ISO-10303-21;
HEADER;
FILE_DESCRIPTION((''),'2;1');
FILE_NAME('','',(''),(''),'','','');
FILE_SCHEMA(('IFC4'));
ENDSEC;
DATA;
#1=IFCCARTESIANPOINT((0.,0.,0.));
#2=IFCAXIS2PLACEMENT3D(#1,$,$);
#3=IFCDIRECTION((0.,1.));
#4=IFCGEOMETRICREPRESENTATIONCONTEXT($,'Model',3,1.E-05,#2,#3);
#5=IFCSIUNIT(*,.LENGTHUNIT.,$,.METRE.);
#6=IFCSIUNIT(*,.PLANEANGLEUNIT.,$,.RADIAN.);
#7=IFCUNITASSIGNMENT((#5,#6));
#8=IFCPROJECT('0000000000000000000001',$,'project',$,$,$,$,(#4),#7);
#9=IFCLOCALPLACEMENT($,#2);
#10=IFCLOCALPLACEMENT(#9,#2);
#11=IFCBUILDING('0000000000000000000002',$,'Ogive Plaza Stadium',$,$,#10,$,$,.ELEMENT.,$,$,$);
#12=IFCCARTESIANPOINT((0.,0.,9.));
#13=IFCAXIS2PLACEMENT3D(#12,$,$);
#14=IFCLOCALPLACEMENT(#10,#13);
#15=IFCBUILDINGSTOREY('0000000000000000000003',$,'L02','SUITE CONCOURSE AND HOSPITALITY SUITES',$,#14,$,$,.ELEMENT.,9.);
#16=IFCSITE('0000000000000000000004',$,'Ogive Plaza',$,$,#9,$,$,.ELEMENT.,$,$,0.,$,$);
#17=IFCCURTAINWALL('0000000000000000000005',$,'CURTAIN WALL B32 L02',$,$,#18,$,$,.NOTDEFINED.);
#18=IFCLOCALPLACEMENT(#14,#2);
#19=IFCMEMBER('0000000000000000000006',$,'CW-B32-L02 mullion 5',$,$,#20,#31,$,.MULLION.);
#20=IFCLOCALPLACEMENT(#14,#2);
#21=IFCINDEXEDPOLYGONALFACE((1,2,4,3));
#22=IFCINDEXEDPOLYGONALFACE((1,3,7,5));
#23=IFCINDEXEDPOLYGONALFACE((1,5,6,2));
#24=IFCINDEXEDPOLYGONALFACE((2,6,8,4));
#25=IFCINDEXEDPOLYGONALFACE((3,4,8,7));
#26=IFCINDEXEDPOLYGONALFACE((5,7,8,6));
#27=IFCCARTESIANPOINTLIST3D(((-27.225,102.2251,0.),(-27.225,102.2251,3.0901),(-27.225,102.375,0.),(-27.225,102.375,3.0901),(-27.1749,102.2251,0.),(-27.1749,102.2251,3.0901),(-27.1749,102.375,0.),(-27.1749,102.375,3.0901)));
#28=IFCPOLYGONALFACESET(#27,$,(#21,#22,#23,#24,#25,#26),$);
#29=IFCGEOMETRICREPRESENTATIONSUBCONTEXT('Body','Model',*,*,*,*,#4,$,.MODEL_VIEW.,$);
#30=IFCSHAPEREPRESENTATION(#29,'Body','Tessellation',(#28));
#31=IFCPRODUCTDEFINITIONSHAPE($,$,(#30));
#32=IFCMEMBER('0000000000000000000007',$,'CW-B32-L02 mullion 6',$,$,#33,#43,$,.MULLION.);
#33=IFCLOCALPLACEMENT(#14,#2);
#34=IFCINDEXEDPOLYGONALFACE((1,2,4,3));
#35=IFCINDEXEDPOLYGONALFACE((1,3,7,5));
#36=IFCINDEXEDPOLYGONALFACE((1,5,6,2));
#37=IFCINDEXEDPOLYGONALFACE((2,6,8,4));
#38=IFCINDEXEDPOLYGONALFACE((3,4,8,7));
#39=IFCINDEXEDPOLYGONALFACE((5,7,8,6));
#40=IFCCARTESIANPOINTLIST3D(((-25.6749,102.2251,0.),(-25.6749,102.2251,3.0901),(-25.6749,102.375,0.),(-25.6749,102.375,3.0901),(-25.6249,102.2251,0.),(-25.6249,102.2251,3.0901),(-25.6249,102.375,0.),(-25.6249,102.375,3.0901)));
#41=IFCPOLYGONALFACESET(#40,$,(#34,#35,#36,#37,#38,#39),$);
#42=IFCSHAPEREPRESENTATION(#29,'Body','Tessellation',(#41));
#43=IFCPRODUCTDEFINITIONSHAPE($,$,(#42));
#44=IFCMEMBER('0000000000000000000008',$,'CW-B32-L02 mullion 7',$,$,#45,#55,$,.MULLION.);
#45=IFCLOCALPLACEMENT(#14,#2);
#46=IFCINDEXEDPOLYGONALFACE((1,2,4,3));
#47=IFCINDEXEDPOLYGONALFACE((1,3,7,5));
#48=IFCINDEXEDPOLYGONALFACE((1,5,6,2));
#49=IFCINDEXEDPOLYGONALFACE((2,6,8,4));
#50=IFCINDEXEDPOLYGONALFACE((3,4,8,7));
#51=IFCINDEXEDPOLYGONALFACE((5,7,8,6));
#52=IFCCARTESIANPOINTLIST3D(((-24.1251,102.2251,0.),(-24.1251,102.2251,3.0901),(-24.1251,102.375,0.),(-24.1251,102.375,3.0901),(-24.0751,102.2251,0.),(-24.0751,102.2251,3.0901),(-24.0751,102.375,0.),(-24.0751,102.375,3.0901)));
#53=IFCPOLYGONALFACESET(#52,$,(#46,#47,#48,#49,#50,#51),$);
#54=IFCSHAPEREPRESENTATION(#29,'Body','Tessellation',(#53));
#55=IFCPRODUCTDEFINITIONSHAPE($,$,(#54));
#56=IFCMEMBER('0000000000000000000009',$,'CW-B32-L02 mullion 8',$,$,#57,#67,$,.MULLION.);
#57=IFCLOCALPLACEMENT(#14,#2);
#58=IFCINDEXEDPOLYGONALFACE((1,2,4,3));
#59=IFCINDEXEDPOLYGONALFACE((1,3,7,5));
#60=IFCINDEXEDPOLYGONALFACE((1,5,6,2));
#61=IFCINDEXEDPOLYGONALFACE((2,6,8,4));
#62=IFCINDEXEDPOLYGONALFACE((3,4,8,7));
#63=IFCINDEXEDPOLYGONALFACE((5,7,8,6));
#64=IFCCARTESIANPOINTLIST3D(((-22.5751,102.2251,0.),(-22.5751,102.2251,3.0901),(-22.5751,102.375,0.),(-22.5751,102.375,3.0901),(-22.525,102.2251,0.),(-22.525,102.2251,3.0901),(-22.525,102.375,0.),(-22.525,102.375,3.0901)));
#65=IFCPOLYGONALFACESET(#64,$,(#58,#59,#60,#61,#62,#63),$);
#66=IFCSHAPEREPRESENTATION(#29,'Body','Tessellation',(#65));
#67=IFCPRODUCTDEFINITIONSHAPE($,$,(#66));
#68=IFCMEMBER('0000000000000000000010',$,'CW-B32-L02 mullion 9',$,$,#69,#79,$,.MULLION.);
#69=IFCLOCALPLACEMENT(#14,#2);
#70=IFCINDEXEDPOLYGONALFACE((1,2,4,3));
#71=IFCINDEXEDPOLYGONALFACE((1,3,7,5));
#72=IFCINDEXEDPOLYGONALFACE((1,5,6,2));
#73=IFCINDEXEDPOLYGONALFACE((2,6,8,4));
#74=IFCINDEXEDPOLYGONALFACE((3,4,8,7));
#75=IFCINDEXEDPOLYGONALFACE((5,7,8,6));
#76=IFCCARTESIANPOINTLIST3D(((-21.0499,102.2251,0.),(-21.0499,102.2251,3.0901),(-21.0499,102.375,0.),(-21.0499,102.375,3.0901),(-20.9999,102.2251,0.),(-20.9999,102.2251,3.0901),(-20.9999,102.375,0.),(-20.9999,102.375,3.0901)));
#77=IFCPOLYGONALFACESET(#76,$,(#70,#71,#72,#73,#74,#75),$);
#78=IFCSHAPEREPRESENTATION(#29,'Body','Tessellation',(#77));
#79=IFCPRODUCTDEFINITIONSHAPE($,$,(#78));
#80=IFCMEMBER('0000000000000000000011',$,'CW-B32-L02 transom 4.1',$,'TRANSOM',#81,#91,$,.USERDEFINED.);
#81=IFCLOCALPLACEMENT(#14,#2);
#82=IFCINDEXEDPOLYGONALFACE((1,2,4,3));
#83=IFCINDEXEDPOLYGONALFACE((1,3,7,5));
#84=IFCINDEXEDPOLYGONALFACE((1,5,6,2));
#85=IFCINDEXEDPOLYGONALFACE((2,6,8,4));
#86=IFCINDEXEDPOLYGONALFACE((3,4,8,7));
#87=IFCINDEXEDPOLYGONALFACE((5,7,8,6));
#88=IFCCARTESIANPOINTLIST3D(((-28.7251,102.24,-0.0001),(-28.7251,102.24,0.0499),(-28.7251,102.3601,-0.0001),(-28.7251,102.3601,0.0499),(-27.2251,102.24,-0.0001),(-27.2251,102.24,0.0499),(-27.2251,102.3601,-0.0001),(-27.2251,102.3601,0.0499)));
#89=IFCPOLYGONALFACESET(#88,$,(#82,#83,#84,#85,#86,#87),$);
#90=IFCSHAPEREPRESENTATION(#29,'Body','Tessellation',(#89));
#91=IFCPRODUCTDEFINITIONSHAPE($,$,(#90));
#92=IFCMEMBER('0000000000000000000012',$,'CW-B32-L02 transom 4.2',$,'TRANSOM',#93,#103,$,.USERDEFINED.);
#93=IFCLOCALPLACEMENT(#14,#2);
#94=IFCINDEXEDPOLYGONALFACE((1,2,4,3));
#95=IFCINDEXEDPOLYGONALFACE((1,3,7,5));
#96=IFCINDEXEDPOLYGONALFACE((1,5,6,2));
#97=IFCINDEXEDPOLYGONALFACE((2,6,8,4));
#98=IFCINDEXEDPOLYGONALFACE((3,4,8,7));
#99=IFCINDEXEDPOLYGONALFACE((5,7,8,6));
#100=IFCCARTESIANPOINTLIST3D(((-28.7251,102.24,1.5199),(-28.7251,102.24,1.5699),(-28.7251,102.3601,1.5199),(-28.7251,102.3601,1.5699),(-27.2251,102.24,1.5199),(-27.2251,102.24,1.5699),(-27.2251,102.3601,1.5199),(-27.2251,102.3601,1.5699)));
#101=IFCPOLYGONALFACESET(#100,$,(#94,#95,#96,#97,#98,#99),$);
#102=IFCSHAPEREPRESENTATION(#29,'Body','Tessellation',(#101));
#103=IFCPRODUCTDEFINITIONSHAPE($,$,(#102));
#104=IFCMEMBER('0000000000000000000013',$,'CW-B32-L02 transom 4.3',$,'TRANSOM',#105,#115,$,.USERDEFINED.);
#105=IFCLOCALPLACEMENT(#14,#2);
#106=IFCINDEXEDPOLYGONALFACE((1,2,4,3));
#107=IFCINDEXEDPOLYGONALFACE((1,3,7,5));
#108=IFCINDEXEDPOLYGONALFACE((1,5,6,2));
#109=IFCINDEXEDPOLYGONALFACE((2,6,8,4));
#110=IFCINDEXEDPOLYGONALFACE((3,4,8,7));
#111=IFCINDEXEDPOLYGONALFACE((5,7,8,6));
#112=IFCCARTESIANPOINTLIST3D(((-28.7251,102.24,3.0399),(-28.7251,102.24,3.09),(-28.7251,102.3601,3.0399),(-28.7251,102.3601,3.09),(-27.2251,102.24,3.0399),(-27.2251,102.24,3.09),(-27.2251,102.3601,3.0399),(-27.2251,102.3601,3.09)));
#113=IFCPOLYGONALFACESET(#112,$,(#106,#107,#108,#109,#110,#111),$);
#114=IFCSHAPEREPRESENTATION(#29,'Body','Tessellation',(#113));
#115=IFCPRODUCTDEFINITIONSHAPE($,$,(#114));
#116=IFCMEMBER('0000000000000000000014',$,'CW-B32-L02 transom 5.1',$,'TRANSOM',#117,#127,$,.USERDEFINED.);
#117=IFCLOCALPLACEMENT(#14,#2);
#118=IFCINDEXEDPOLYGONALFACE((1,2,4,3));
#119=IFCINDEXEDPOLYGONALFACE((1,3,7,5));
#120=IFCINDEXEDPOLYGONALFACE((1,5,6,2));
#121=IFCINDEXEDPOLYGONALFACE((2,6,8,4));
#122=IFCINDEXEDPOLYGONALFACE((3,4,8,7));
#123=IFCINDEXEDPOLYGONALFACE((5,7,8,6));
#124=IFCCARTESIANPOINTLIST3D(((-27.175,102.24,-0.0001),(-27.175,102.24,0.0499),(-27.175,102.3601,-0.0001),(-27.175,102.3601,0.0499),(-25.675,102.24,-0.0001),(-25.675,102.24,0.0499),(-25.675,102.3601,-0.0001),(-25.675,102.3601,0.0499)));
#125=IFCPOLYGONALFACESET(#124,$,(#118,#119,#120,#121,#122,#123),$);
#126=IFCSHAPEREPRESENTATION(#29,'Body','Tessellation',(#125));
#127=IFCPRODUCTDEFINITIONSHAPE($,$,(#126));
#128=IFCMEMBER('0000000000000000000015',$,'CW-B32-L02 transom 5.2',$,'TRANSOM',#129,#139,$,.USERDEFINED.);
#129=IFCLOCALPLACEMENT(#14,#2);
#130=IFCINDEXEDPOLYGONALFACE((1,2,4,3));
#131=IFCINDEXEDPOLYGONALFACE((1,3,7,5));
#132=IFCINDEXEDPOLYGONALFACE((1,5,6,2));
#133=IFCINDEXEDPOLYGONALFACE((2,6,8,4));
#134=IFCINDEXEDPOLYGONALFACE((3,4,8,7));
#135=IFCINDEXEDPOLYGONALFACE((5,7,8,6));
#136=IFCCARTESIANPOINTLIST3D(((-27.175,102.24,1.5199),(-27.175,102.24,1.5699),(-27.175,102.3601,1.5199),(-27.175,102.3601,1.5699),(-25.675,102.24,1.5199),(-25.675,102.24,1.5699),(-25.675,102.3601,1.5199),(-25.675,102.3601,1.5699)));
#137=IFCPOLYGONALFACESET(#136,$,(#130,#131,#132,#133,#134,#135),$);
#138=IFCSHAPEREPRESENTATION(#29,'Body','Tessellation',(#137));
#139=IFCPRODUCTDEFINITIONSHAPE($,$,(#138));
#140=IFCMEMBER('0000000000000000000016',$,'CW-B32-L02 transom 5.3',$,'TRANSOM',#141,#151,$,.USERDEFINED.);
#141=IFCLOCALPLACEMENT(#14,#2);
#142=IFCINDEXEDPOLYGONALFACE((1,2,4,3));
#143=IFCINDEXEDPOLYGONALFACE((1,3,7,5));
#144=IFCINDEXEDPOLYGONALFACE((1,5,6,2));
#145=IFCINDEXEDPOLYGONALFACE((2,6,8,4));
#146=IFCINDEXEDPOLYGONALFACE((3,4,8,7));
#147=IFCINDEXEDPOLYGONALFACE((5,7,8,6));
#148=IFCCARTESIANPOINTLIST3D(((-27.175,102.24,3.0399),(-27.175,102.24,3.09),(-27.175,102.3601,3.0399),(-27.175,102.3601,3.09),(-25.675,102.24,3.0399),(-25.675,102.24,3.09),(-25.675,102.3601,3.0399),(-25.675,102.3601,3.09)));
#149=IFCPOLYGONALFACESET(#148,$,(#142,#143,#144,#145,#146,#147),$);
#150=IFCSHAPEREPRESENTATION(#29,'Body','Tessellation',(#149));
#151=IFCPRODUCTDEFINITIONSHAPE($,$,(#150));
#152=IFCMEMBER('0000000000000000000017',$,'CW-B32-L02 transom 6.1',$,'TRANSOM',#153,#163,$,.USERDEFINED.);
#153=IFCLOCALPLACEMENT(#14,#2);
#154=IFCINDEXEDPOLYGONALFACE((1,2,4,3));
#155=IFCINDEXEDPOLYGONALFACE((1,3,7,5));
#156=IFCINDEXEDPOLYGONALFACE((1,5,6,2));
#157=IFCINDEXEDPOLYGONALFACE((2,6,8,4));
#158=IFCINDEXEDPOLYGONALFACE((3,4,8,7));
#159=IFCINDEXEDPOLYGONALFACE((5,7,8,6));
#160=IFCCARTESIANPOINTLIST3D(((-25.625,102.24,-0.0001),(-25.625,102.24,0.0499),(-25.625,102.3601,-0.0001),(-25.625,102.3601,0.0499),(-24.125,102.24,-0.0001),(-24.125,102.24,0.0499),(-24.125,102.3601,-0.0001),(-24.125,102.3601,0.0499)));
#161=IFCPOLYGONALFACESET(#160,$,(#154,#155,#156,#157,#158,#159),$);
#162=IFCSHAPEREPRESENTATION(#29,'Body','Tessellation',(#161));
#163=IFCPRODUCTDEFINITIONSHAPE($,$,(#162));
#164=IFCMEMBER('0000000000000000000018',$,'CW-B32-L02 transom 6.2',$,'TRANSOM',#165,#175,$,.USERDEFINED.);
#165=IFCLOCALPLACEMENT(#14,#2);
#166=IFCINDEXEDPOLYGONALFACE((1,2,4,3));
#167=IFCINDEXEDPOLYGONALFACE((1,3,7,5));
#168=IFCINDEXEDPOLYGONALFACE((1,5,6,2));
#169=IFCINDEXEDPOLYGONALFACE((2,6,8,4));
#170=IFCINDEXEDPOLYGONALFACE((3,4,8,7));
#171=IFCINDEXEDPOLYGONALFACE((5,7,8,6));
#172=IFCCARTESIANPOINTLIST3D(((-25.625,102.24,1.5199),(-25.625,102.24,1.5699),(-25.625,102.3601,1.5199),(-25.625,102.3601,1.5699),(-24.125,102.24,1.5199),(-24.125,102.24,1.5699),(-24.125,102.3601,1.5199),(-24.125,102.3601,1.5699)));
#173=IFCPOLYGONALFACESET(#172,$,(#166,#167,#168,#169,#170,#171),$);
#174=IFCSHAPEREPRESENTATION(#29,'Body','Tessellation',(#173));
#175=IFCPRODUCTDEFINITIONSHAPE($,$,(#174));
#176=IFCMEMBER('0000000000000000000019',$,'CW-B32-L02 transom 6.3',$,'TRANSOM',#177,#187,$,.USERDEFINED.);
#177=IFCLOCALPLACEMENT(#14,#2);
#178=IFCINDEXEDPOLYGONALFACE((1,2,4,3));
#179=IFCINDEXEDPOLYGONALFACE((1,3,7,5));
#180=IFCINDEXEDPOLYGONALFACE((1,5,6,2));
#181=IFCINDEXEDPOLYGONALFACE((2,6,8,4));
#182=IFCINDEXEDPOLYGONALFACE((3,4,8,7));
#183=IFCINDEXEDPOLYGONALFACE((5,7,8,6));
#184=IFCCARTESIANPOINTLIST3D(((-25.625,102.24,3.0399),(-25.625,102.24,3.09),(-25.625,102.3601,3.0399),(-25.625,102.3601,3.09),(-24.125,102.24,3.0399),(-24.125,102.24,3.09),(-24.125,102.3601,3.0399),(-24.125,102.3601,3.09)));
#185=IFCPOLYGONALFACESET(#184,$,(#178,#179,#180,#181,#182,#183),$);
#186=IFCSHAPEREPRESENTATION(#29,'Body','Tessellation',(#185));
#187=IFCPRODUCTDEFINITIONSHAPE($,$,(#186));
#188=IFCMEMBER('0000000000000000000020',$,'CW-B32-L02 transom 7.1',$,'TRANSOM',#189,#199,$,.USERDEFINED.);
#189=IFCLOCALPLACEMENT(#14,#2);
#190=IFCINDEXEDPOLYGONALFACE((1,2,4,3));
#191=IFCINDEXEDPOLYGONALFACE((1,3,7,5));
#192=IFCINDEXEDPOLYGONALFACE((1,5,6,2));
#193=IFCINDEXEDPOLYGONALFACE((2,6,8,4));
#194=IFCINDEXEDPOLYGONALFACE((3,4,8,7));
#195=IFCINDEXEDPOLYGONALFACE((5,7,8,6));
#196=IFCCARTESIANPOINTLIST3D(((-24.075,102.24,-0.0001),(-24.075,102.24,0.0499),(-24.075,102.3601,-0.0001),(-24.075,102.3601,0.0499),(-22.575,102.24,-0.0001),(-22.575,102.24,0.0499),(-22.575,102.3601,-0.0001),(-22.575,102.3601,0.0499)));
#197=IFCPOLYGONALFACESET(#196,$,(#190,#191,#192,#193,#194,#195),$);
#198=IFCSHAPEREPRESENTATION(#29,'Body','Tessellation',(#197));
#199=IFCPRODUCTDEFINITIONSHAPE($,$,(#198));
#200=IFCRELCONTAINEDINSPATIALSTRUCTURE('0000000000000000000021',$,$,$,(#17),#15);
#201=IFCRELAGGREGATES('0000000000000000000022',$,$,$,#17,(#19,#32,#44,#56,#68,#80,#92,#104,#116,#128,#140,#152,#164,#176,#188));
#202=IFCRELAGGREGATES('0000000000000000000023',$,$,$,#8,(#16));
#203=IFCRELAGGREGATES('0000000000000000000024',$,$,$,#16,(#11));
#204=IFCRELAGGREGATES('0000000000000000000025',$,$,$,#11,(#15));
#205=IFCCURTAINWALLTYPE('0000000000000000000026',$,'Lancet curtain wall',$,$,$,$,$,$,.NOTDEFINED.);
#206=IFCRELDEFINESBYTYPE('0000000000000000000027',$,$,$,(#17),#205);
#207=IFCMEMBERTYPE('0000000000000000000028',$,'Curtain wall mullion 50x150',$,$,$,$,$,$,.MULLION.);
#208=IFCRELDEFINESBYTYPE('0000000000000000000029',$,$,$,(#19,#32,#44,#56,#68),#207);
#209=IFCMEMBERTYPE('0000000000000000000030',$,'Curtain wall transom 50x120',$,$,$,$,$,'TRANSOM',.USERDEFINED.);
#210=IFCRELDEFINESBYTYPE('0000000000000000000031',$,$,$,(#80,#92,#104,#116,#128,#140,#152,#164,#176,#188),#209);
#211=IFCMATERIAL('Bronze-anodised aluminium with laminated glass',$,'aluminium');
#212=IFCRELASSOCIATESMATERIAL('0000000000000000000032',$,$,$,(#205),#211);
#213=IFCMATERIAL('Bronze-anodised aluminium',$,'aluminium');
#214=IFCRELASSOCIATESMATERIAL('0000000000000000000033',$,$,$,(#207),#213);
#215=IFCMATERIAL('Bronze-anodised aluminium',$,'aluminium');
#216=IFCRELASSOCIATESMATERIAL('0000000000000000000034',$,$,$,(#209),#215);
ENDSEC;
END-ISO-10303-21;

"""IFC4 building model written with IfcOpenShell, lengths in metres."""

from ifc_helpers import new_model, si_unit, direction, frame, origin, origin_2d, place, context, subcontext, project, spatial, rectangle, extrude, material, material_profile, profile_set, type_object, element, aggregate, save


model = new_model("IFC4")

# Units and contexts
model_context = context("Model", 3, precision=1e-05, world=origin(), true_north=direction((0.0, 1.0)))
body_context = subcontext(model_context, "Body", "Model", "MODEL_VIEW")
ifc_project = project(units=[si_unit("LENGTHUNIT", "METRE"), si_unit("PLANEANGLEUNIT", "RADIAN")], contexts=[model_context])

# Site, building, storey
site_placement = place(None, origin())
site = spatial("IfcSite", under=ifc_project, at=site_placement, Name="Ogive Plaza", CompositionType="ELEMENT", RefElevation=0.0)
building_placement = place(site_placement, origin())
building = spatial("IfcBuilding", under=site, at=building_placement, Name="Ogive Plaza Stadium", CompositionType="ELEMENT")
storey_placement = place(building_placement, frame((0.0, 0.0, 9.0)))
storey = spatial("IfcBuildingStorey", under=building, at=storey_placement, Name="L02", Description="SUITE CONCOURSE AND HOSPITALITY SUITES", CompositionType="ELEMENT", Elevation=9.0)

# Curtain wall, members
ifc_material_1 = material(Name="Bronze-anodised aluminium with laminated glass", Category="aluminium")
curtain_wall_type = type_object("IfcCurtainWallType", Name="Lancet curtain wall", PredefinedType="NOTDEFINED", material=ifc_material_1)
curtain_wall_placement = place(storey_placement, origin())
curtain_wall = element("IfcCurtainWall", 1, at=curtain_wall_placement, inside=storey, type_object=curtain_wall_type, Name="CURTAIN WALL B32 L02", PredefinedType="NOTDEFINED")
ifc_material_2 = material(Name="Bronze-anodised aluminium", Category="aluminium")
ifc_material_profile_1 = material_profile(ifc_material_2, rectangle(XDim=0.1499, YDim=0.05, at=origin_2d()), Name="AL 150x50")
ifc_profile_set_1 = profile_set([ifc_material_profile_1], Name="Bronze-anodised aluminium")
member_type_1 = type_object("IfcMemberType", Name="Curtain wall mullion 50x150", PredefinedType="MULLION", material=ifc_profile_set_1)
member_1_placement = place(storey_placement, frame((-27.2, 102.3, 0.0), z_axis=(0.0, 0.0, 1.0), x_axis=(0.0, 1.0, 0.0)))
member_1 = element("IfcMember", 2, at=member_1_placement, type_object=member_type_1, Name="CW-B32-L02 mullion 5", PredefinedType="MULLION", context=body_context, shape_type="SweptSolid", body=[
    extrude(rectangle(XDim=0.1499, YDim=0.05, at=origin_2d()), origin(), (0.0, 0.0, 1.0), 3.0901),
])
member_2_placement = place(storey_placement, frame((-25.6499, 102.3, 0.0), z_axis=(0.0, 0.0, 1.0), x_axis=(0.0, 1.0, 0.0)))
member_2 = element("IfcMember", 3, at=member_2_placement, type_object=member_type_1, Name="CW-B32-L02 mullion 6", PredefinedType="MULLION", context=body_context, shape_type="SweptSolid", body=[
    extrude(rectangle(XDim=0.1499, YDim=0.05, at=origin_2d()), origin(), (0.0, 0.0, 1.0), 3.0901),
])
member_3_placement = place(storey_placement, frame((-24.1001, 102.3, 0.0), z_axis=(0.0, 0.0, 1.0), x_axis=(0.0, 1.0, 0.0)))
member_3 = element("IfcMember", 4, at=member_3_placement, type_object=member_type_1, Name="CW-B32-L02 mullion 7", PredefinedType="MULLION", context=body_context, shape_type="SweptSolid", body=[
    extrude(rectangle(XDim=0.1499, YDim=0.05, at=origin_2d()), origin(), (0.0, 0.0, 1.0), 3.0901),
])
member_4_placement = place(storey_placement, frame((-22.55, 102.3, 0.0), z_axis=(0.0, 0.0, 1.0), x_axis=(0.0, 1.0, 0.0)))
member_4 = element("IfcMember", 5, at=member_4_placement, type_object=member_type_1, Name="CW-B32-L02 mullion 8", PredefinedType="MULLION", context=body_context, shape_type="SweptSolid", body=[
    extrude(rectangle(XDim=0.1499, YDim=0.05, at=origin_2d()), origin(), (0.0, 0.0, 1.0), 3.0901),
])
member_5_placement = place(storey_placement, frame((-21.0249, 102.3, 0.0), z_axis=(0.0, 0.0, 1.0), x_axis=(0.0, 1.0, 0.0)))
member_5 = element("IfcMember", 6, at=member_5_placement, type_object=member_type_1, Name="CW-B32-L02 mullion 9", PredefinedType="MULLION", context=body_context, shape_type="SweptSolid", body=[
    extrude(rectangle(XDim=0.1499, YDim=0.05, at=origin_2d()), origin(), (0.0, 0.0, 1.0), 3.0901),
])
ifc_material_3 = material(Name="Bronze-anodised aluminium", Category="aluminium")
ifc_material_profile_2 = material_profile(ifc_material_3, rectangle(XDim=0.1201, YDim=0.05, at=origin_2d()), Name="AL 120x50")
ifc_profile_set_2 = profile_set([ifc_material_profile_2], Name="Bronze-anodised aluminium")
member_type_2 = type_object("IfcMemberType", Name="Curtain wall transom 50x120", ElementType="TRANSOM", PredefinedType="USERDEFINED", material=ifc_profile_set_2)
member_6_placement = place(storey_placement, frame((-28.7251, 102.3, 0.0249), z_axis=(1.0, 0.0, 0.0), x_axis=(0.0, 1.0, 0.0)))
member_6 = element("IfcMember", 7, at=member_6_placement, type_object=member_type_2, Name="CW-B32-L02 transom 4.1", ObjectType="TRANSOM", PredefinedType="USERDEFINED", context=body_context, shape_type="SweptSolid", body=[
    extrude(rectangle(XDim=0.1201, YDim=0.05, at=origin_2d()), origin(), (0.0, 0.0, 1.0), 1.5),
])
member_7_placement = place(storey_placement, frame((-28.7251, 102.3, 1.5449), z_axis=(1.0, 0.0, 0.0), x_axis=(0.0, 1.0, 0.0)))
member_7 = element("IfcMember", 8, at=member_7_placement, type_object=member_type_2, Name="CW-B32-L02 transom 4.2", ObjectType="TRANSOM", PredefinedType="USERDEFINED", context=body_context, shape_type="SweptSolid", body=[
    extrude(rectangle(XDim=0.1201, YDim=0.05, at=origin_2d()), origin(), (0.0, 0.0, 1.0), 1.5),
])
member_8_placement = place(storey_placement, frame((-28.7251, 102.3, 3.0649), z_axis=(1.0, 0.0, 0.0), x_axis=(0.0, 1.0, 0.0)))
member_8 = element("IfcMember", 9, at=member_8_placement, type_object=member_type_2, Name="CW-B32-L02 transom 4.3", ObjectType="TRANSOM", PredefinedType="USERDEFINED", context=body_context, shape_type="SweptSolid", body=[
    extrude(rectangle(XDim=0.1201, YDim=0.05, at=origin_2d()), origin(), (0.0, 0.0, 1.0), 1.5),
])
member_9_placement = place(storey_placement, frame((-27.175, 102.3, 0.0249), z_axis=(1.0, 0.0, 0.0), x_axis=(0.0, 1.0, 0.0)))
member_9 = element("IfcMember", 10, at=member_9_placement, type_object=member_type_2, Name="CW-B32-L02 transom 5.1", ObjectType="TRANSOM", PredefinedType="USERDEFINED", context=body_context, shape_type="SweptSolid", body=[
    extrude(rectangle(XDim=0.1201, YDim=0.05, at=origin_2d()), origin(), (0.0, 0.0, 1.0), 1.5),
])
member_10_placement = place(storey_placement, frame((-27.175, 102.3, 1.5449), z_axis=(1.0, 0.0, 0.0), x_axis=(0.0, 1.0, 0.0)))
member_10 = element("IfcMember", 11, at=member_10_placement, type_object=member_type_2, Name="CW-B32-L02 transom 5.2", ObjectType="TRANSOM", PredefinedType="USERDEFINED", context=body_context, shape_type="SweptSolid", body=[
    extrude(rectangle(XDim=0.1201, YDim=0.05, at=origin_2d()), origin(), (0.0, 0.0, 1.0), 1.5),
])
member_11_placement = place(storey_placement, frame((-27.175, 102.3, 3.0649), z_axis=(1.0, 0.0, 0.0), x_axis=(0.0, 1.0, 0.0)))
member_11 = element("IfcMember", 12, at=member_11_placement, type_object=member_type_2, Name="CW-B32-L02 transom 5.3", ObjectType="TRANSOM", PredefinedType="USERDEFINED", context=body_context, shape_type="SweptSolid", body=[
    extrude(rectangle(XDim=0.1201, YDim=0.05, at=origin_2d()), origin(), (0.0, 0.0, 1.0), 1.5),
])
member_12_placement = place(storey_placement, frame((-25.625, 102.3, 0.0249), z_axis=(1.0, 0.0, 0.0), x_axis=(0.0, 1.0, 0.0)))
member_12 = element("IfcMember", 13, at=member_12_placement, type_object=member_type_2, Name="CW-B32-L02 transom 6.1", ObjectType="TRANSOM", PredefinedType="USERDEFINED", context=body_context, shape_type="SweptSolid", body=[
    extrude(rectangle(XDim=0.1201, YDim=0.05, at=origin_2d()), origin(), (0.0, 0.0, 1.0), 1.5),
])
member_13_placement = place(storey_placement, frame((-25.625, 102.3, 1.5449), z_axis=(1.0, 0.0, 0.0), x_axis=(0.0, 1.0, 0.0)))
member_13 = element("IfcMember", 14, at=member_13_placement, type_object=member_type_2, Name="CW-B32-L02 transom 6.2", ObjectType="TRANSOM", PredefinedType="USERDEFINED", context=body_context, shape_type="SweptSolid", body=[
    extrude(rectangle(XDim=0.1201, YDim=0.05, at=origin_2d()), origin(), (0.0, 0.0, 1.0), 1.5),
])
member_14_placement = place(storey_placement, frame((-25.625, 102.3, 3.0649), z_axis=(1.0, 0.0, 0.0), x_axis=(0.0, 1.0, 0.0)))
member_14 = element("IfcMember", 15, at=member_14_placement, type_object=member_type_2, Name="CW-B32-L02 transom 6.3", ObjectType="TRANSOM", PredefinedType="USERDEFINED", context=body_context, shape_type="SweptSolid", body=[
    extrude(rectangle(XDim=0.1201, YDim=0.05, at=origin_2d()), origin(), (0.0, 0.0, 1.0), 1.5),
])
member_15_placement = place(storey_placement, frame((-24.075, 102.3, 0.0249), z_axis=(1.0, 0.0, 0.0), x_axis=(0.0, 1.0, 0.0)))
member_15 = element("IfcMember", 16, at=member_15_placement, type_object=member_type_2, Name="CW-B32-L02 transom 7.1", ObjectType="TRANSOM", PredefinedType="USERDEFINED", context=body_context, shape_type="SweptSolid", body=[
    extrude(rectangle(XDim=0.1201, YDim=0.05, at=origin_2d()), origin(), (0.0, 0.0, 1.0), 1.5),
])
aggregate(curtain_wall, [member_1, member_2, member_3, member_4, member_5, member_6, member_7, member_8, member_9, member_10, member_11, member_12, member_13, member_14, member_15])

save(model, "model.ifc")
